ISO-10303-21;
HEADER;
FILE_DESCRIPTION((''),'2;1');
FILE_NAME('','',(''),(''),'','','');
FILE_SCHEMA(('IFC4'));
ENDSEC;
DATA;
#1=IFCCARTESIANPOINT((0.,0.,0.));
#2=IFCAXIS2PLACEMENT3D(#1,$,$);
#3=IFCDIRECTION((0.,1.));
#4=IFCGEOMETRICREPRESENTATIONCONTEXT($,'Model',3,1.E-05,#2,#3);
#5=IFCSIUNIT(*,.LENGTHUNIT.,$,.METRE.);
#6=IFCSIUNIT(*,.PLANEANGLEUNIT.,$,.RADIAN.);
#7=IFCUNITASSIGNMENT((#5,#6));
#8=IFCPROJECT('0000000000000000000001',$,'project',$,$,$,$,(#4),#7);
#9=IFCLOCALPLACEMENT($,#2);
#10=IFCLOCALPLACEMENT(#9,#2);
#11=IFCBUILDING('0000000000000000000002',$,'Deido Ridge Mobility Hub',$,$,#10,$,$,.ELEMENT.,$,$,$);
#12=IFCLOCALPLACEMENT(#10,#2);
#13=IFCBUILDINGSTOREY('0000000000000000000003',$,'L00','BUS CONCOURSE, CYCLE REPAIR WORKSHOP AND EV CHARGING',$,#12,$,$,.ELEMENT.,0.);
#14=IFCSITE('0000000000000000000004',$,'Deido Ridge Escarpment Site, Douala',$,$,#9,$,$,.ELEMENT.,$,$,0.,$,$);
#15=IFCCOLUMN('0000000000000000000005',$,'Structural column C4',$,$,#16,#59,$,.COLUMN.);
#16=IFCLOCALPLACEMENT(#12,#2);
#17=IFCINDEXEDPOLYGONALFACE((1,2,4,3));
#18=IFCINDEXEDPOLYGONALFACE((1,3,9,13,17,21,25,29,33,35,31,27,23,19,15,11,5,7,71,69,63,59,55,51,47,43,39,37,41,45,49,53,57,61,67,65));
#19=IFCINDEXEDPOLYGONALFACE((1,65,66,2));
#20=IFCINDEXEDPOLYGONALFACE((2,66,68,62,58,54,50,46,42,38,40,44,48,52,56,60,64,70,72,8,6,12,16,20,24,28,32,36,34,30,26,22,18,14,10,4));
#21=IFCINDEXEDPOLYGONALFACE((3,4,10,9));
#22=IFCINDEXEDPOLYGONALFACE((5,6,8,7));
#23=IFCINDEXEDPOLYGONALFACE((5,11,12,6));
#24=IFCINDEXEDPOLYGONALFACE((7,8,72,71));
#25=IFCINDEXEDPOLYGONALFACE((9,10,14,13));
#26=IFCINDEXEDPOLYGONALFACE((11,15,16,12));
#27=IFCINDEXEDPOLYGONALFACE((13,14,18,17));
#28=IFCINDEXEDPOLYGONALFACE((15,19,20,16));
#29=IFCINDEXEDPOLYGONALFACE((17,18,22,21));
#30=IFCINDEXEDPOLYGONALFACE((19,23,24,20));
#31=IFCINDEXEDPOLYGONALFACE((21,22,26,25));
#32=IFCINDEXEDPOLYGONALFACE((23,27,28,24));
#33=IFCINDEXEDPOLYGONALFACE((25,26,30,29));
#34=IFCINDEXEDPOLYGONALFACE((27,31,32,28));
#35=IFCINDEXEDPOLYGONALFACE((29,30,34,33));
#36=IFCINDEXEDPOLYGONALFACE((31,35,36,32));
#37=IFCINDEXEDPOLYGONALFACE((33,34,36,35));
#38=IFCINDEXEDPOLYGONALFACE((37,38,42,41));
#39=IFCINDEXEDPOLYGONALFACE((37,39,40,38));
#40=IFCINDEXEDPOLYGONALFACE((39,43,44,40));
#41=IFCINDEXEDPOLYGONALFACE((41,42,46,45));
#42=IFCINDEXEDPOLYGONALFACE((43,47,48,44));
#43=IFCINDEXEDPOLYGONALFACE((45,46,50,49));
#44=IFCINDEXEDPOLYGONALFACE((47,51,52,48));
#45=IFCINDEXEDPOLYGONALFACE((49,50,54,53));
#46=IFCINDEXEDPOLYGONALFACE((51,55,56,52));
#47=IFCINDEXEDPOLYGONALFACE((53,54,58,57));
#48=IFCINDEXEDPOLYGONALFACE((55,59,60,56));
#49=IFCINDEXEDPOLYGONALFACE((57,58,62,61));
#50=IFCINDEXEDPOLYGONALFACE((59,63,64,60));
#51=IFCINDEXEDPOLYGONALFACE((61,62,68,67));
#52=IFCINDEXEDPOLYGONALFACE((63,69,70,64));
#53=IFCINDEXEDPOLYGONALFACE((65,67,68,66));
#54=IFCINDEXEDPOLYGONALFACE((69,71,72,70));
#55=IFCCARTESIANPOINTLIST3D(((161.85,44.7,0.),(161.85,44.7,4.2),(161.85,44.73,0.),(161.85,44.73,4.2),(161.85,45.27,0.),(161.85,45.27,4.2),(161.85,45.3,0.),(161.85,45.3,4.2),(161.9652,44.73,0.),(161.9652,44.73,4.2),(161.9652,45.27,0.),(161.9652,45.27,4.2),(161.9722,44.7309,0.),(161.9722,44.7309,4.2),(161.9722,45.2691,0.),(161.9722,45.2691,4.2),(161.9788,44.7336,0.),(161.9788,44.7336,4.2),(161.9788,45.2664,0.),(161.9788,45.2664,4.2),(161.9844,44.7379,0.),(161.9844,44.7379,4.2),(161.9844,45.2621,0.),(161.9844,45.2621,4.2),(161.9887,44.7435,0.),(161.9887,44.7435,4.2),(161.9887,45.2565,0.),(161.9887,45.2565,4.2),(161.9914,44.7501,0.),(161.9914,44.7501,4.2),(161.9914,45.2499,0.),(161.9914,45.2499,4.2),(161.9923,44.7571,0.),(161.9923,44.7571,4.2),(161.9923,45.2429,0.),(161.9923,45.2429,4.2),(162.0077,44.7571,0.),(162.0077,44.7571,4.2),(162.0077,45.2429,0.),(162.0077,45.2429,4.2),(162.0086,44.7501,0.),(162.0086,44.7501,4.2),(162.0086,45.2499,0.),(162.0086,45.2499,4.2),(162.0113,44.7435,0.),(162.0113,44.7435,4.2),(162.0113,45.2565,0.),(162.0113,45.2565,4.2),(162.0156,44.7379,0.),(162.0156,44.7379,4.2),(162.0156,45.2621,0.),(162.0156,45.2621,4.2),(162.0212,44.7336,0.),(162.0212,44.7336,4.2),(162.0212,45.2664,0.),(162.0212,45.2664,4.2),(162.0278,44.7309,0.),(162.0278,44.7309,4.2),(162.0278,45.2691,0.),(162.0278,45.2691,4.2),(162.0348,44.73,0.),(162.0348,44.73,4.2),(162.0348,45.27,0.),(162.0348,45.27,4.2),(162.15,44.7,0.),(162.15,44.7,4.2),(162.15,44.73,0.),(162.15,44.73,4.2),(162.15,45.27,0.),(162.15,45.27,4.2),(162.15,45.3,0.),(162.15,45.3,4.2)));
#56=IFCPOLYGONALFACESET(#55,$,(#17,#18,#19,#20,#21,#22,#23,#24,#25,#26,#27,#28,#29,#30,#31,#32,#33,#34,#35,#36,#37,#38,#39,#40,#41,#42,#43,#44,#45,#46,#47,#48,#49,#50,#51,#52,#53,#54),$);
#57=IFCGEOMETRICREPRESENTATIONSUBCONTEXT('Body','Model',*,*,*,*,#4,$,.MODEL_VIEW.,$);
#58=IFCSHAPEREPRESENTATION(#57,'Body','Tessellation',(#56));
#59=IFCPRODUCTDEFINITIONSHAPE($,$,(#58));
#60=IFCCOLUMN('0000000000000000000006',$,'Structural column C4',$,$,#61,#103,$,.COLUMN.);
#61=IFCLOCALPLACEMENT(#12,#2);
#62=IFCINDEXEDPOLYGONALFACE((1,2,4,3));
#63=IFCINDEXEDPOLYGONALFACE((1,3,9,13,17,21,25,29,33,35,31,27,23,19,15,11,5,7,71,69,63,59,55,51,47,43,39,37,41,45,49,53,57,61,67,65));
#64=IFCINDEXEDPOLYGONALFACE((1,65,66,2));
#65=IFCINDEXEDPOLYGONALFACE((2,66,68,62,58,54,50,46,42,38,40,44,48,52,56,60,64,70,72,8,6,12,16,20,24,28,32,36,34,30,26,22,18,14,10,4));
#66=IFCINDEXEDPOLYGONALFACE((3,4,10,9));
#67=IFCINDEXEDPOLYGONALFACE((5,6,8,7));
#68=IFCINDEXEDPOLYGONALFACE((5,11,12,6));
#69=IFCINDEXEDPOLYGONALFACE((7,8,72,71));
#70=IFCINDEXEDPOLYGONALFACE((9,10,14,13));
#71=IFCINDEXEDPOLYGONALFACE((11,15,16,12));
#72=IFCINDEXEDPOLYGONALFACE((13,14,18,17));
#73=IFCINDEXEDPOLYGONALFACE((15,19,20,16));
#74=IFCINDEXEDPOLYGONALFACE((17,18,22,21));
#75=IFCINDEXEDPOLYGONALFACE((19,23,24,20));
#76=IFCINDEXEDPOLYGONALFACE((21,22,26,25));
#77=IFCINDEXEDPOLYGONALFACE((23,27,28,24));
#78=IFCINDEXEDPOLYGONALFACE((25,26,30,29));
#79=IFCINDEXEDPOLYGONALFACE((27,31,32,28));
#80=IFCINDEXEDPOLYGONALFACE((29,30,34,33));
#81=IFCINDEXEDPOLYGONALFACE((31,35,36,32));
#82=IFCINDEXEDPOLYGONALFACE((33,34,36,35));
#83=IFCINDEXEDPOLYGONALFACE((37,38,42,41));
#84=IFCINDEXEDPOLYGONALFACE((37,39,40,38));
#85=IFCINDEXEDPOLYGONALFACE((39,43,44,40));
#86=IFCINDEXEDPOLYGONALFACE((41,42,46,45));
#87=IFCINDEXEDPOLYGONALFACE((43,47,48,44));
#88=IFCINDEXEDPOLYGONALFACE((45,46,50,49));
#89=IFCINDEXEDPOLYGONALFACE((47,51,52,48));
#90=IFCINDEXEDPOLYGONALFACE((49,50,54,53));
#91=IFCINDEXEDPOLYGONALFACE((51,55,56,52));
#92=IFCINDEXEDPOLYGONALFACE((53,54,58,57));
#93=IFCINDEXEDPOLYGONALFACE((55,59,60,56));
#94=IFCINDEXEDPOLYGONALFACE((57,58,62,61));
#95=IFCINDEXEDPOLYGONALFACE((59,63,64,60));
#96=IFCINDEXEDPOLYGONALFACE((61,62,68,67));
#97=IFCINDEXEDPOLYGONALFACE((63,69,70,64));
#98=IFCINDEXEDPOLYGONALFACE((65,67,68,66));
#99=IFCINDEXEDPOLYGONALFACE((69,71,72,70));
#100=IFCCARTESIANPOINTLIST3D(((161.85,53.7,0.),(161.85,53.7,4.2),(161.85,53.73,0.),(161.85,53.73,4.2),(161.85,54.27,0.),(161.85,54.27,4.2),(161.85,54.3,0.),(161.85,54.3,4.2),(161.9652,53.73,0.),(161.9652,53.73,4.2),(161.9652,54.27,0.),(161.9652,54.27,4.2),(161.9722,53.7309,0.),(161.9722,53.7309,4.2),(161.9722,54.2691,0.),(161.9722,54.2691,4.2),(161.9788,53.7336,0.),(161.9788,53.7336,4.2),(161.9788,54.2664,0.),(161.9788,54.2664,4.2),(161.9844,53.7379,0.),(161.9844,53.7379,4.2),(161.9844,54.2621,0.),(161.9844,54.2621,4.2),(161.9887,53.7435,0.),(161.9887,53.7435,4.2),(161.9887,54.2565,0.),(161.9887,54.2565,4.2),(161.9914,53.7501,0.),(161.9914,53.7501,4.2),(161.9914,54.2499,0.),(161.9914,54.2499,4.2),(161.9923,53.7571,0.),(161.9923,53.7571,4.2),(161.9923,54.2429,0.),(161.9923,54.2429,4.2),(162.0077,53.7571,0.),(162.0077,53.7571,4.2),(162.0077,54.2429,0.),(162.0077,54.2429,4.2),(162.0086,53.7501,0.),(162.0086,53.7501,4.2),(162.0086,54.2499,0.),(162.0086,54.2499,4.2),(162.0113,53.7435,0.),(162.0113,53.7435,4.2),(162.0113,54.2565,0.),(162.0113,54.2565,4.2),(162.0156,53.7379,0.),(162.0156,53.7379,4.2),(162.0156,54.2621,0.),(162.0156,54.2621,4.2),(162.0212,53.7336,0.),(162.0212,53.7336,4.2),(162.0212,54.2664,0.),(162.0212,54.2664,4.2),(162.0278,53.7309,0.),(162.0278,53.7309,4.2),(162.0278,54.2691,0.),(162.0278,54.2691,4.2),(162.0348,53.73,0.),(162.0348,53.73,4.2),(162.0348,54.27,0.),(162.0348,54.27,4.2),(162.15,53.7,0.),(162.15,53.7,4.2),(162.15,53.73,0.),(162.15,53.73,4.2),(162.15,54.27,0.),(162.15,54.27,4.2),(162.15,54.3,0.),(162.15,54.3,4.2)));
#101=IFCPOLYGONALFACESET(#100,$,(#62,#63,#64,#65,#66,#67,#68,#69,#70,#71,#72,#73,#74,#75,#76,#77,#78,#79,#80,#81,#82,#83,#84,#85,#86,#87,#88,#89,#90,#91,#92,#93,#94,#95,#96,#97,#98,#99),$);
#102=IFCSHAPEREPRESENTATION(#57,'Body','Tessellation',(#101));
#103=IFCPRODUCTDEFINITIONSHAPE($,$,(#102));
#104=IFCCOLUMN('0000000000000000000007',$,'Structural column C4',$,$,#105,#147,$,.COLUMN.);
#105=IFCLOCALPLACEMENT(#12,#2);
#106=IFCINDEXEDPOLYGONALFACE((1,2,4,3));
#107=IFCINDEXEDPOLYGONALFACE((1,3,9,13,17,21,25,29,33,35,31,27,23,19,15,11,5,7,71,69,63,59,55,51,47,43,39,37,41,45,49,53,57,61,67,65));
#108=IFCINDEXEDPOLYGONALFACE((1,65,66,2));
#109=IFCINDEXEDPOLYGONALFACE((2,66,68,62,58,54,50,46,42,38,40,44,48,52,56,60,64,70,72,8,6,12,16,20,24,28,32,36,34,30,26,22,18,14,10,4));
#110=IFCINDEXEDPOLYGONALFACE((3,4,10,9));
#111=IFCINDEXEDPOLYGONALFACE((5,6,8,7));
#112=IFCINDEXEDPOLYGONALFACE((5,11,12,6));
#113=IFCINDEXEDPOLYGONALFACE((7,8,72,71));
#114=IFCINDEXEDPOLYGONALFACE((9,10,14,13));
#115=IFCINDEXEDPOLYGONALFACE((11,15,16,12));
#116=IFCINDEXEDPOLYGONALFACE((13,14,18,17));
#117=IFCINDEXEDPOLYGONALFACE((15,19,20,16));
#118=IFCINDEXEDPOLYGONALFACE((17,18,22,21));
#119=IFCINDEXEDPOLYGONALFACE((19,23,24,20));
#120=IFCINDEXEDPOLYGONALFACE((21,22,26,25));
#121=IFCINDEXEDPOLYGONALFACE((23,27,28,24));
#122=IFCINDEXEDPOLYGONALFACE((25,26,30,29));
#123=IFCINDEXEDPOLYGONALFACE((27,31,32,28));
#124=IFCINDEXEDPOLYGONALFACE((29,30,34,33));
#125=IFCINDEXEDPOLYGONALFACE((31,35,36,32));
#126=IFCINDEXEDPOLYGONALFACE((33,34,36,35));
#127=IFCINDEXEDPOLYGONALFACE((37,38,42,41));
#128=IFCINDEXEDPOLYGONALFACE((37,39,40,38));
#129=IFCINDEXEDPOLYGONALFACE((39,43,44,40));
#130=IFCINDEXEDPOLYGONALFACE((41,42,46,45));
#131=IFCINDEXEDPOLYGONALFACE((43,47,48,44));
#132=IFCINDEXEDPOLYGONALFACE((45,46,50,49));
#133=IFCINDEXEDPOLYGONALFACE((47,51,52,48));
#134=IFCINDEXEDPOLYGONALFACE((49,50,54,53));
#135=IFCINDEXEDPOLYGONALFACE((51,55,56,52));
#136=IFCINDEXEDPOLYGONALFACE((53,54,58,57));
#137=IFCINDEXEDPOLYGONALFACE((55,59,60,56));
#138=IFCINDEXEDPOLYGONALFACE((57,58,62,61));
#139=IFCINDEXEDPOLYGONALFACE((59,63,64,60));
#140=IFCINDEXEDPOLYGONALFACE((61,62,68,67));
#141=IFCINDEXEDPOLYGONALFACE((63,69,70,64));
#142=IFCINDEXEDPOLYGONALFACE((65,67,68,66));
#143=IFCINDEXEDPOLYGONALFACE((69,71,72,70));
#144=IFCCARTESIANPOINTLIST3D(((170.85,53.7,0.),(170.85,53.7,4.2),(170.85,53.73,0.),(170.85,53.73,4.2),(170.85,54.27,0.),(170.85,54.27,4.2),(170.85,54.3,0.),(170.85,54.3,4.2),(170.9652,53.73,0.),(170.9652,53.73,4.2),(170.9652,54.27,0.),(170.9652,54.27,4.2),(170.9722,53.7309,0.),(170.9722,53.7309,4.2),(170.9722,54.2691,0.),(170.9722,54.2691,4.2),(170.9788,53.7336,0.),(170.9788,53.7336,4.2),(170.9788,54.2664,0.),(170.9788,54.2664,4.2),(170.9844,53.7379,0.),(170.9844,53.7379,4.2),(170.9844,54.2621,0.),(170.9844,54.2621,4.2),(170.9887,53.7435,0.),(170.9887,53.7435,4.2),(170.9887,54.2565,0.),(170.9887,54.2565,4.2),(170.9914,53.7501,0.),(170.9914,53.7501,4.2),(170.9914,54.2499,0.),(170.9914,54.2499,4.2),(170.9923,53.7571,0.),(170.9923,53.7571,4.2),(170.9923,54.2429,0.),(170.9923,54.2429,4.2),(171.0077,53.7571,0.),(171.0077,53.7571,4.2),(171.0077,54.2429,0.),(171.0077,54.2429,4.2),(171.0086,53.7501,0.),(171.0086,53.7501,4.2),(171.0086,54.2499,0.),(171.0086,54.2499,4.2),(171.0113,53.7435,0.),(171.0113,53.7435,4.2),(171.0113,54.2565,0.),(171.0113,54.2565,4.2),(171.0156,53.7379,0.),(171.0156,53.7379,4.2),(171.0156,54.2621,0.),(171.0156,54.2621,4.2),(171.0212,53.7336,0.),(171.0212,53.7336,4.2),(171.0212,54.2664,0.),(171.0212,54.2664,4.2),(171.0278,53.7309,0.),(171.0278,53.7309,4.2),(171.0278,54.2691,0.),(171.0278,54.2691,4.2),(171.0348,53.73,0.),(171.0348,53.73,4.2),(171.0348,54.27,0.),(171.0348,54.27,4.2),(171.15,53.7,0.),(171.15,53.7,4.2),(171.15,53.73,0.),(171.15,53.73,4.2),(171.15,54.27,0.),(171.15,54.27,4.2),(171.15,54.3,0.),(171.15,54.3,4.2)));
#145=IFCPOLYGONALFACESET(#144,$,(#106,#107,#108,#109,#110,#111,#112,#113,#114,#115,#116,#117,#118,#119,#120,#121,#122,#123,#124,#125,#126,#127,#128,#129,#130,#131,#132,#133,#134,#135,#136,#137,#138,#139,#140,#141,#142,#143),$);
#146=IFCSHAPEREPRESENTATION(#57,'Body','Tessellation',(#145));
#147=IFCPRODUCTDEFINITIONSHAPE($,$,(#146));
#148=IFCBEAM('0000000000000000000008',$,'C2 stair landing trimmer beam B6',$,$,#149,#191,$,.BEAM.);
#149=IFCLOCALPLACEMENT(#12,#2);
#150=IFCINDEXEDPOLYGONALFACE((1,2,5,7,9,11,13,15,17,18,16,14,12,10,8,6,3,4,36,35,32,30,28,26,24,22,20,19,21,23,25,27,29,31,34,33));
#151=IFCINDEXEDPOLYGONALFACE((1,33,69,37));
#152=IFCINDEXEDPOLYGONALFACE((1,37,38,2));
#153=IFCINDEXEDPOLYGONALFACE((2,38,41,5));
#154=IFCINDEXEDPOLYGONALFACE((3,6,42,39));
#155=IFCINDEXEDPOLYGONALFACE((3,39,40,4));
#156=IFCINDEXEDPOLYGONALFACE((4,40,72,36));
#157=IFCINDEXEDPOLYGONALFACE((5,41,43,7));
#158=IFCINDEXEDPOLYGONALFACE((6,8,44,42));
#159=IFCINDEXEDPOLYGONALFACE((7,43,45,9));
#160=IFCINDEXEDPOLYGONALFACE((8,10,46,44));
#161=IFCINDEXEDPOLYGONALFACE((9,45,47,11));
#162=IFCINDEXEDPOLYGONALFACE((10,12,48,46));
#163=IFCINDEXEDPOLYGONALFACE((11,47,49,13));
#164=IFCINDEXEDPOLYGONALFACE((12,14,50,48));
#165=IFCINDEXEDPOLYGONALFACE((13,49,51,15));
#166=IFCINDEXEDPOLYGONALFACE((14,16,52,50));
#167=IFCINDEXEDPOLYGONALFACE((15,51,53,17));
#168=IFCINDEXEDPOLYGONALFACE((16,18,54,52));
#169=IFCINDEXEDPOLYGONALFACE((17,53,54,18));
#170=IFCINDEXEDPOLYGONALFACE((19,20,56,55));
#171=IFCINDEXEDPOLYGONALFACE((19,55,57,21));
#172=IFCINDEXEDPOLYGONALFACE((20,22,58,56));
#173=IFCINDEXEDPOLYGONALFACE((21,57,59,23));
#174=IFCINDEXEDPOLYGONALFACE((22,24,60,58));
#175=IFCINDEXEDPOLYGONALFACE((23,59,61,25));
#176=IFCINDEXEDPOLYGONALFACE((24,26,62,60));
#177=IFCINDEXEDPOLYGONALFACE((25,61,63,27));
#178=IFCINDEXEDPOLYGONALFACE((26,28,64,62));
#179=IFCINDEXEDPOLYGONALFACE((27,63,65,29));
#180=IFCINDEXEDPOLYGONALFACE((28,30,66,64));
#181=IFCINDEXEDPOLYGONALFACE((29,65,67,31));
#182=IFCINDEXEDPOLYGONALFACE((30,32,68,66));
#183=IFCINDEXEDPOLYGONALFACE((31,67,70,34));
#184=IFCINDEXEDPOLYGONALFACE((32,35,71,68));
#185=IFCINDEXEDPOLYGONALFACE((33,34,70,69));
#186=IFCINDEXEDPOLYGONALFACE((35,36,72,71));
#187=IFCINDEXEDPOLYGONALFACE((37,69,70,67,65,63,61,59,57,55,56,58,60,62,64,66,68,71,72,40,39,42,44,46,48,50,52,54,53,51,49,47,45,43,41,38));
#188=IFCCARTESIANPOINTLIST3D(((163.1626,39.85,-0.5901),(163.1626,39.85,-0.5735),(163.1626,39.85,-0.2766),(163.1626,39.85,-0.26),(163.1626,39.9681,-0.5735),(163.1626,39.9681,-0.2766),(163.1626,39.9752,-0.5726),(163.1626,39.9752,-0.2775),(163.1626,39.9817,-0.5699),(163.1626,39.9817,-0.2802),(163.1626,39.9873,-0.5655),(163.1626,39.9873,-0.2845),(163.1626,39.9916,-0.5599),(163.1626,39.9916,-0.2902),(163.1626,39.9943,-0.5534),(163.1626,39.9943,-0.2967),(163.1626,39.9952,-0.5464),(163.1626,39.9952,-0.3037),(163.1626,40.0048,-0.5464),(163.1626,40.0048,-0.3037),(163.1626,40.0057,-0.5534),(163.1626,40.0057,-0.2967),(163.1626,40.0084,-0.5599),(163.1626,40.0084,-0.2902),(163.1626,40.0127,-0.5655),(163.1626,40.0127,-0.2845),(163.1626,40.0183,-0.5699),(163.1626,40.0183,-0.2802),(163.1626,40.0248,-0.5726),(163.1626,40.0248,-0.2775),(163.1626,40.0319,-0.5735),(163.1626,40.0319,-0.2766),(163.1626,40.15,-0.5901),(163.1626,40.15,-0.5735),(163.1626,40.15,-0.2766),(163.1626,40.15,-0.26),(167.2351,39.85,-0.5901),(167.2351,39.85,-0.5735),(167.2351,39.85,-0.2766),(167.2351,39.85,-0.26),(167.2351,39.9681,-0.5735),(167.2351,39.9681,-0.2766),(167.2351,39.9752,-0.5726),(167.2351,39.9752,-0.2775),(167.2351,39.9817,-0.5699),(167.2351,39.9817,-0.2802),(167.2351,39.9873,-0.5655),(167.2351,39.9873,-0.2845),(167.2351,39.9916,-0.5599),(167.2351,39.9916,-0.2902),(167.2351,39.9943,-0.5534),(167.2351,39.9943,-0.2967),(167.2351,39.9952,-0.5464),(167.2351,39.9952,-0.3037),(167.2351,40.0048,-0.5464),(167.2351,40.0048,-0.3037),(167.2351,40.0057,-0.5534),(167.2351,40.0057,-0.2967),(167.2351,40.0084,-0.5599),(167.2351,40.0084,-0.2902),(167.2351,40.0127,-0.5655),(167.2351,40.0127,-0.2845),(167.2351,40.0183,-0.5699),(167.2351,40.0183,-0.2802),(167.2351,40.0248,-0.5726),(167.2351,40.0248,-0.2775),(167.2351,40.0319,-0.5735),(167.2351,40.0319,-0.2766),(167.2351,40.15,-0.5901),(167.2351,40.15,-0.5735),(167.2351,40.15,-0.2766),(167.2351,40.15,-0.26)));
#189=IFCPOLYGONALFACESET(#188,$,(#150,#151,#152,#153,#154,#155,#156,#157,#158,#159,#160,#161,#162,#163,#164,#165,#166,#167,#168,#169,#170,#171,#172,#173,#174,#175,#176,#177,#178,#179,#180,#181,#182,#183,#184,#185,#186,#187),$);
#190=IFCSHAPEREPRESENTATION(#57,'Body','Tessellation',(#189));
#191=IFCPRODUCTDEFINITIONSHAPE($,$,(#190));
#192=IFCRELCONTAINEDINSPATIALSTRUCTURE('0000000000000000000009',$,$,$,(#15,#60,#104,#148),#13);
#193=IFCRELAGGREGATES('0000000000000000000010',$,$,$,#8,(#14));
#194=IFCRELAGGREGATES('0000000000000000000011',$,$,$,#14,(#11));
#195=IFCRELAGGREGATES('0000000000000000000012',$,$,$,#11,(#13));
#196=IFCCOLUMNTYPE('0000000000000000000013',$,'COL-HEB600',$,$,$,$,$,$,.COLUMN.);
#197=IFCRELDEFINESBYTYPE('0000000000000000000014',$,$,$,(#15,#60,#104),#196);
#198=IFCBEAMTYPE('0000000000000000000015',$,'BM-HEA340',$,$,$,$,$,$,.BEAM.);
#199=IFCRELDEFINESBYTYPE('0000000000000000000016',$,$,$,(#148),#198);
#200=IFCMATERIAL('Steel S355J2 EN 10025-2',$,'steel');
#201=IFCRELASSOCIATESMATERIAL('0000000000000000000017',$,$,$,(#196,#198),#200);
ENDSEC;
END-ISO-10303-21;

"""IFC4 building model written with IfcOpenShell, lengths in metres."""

from ifc_helpers import new_model, si_unit, direction, frame, origin, origin_2d, place, context, subcontext, project, spatial, i_section, extrude, material, material_profile, profile_set, type_object, element, save


model = new_model("IFC4")

# Units and contexts
model_context = context("Model", 3, precision=1e-05, world=origin(), true_north=direction((0.0, 1.0)))
body_context = subcontext(model_context, "Body", "Model", "MODEL_VIEW")
ifc_project = project(units=[si_unit("LENGTHUNIT", "METRE"), si_unit("PLANEANGLEUNIT", "RADIAN")], contexts=[model_context])

# Site, building, storey
site_placement = place(None, origin())
site = spatial("IfcSite", under=ifc_project, at=site_placement, Name="Deido Ridge Escarpment Site, Douala", CompositionType="ELEMENT", RefElevation=0.0)
building_placement = place(site_placement, origin())
building = spatial("IfcBuilding", under=site, at=building_placement, Name="Deido Ridge Mobility Hub", CompositionType="ELEMENT")
storey_placement = place(building_placement, origin())
storey = spatial("IfcBuildingStorey", under=building, at=storey_placement, Name="L00", Description="BUS CONCOURSE, CYCLE REPAIR WORKSHOP AND EV CHARGING", CompositionType="ELEMENT", Elevation=0.0)

# Columns
ifc_material_1 = material(Name="Steel S355J2 EN 10025-2", Category="steel")
ifc_material_profile_1 = material_profile(ifc_material_1, i_section(OverallWidth=0.3, OverallDepth=0.6001, WebThickness=0.0154, FlangeThickness=0.03, FilletRadius=0.0271, at=origin_2d()), Name="HEB 600")
ifc_profile_set_1 = profile_set([ifc_material_profile_1], Name="Steel S355J2 EN 10025-2")
column_type = type_object("IfcColumnType", Name="COL-HEB600", PredefinedType="COLUMN", material=ifc_profile_set_1)
for number, where, z_axis, x_axis, name in (
    (1, (162.0, 45.0, 0.0), (0.0, 0.0, 1.0), (1.0, 0.0, 0.0), "Structural column C4"),
    (2, (162.0, 54.0, 0.0), (0.0, 0.0, 1.0), (1.0, 0.0, 0.0), "Structural column C4"),
    (3, (171.0, 54.0, 0.0), (0.0, 0.0, 1.0), (1.0, 0.0, 0.0), "Structural column C4"),
):
    element("IfcColumn", number, at=place(storey_placement, frame(where, z_axis=z_axis, x_axis=x_axis)), inside=storey, type_object=column_type, Name=name, PredefinedType="COLUMN", context=body_context, shape_type="SweptSolid", body=[
        extrude(i_section(OverallWidth=0.3, OverallDepth=0.6001, WebThickness=0.0154, FlangeThickness=0.03, FilletRadius=0.0271, at=origin_2d()), origin(), (0.0, 0.0, 1.0), 4.2),
    ])

# Beam
ifc_material_profile_2 = material_profile(ifc_material_1, i_section(OverallWidth=0.3, OverallDepth=0.3301, WebThickness=0.0095, FlangeThickness=0.0166, FilletRadius=0.0271, at=origin_2d()), Name="HEA 340")
ifc_profile_set_2 = profile_set([ifc_material_profile_2], Name="Steel S355J2 EN 10025-2")
beam_type_1 = type_object("IfcBeamType", Name="BM-HEA340", PredefinedType="BEAM", material=ifc_profile_set_2)
beam_1_placement = place(storey_placement, frame((163.1626, 40.0, -0.425), z_axis=(1.0, 0.0, 0.0), x_axis=(0.0, 1.0, 0.0)))
element("IfcBeam", 4, at=beam_1_placement, inside=storey, type_object=beam_type_1, Name="C2 stair landing trimmer beam B6", PredefinedType="BEAM", context=body_context, shape_type="SweptSolid", body=[
    extrude(i_section(OverallWidth=0.3, OverallDepth=0.3301, WebThickness=0.0095, FlangeThickness=0.0166, FilletRadius=0.0271, at=origin_2d()), origin(), (0.0, 0.0, 1.0), 4.0725),
])

save(model, "model.ifc")
